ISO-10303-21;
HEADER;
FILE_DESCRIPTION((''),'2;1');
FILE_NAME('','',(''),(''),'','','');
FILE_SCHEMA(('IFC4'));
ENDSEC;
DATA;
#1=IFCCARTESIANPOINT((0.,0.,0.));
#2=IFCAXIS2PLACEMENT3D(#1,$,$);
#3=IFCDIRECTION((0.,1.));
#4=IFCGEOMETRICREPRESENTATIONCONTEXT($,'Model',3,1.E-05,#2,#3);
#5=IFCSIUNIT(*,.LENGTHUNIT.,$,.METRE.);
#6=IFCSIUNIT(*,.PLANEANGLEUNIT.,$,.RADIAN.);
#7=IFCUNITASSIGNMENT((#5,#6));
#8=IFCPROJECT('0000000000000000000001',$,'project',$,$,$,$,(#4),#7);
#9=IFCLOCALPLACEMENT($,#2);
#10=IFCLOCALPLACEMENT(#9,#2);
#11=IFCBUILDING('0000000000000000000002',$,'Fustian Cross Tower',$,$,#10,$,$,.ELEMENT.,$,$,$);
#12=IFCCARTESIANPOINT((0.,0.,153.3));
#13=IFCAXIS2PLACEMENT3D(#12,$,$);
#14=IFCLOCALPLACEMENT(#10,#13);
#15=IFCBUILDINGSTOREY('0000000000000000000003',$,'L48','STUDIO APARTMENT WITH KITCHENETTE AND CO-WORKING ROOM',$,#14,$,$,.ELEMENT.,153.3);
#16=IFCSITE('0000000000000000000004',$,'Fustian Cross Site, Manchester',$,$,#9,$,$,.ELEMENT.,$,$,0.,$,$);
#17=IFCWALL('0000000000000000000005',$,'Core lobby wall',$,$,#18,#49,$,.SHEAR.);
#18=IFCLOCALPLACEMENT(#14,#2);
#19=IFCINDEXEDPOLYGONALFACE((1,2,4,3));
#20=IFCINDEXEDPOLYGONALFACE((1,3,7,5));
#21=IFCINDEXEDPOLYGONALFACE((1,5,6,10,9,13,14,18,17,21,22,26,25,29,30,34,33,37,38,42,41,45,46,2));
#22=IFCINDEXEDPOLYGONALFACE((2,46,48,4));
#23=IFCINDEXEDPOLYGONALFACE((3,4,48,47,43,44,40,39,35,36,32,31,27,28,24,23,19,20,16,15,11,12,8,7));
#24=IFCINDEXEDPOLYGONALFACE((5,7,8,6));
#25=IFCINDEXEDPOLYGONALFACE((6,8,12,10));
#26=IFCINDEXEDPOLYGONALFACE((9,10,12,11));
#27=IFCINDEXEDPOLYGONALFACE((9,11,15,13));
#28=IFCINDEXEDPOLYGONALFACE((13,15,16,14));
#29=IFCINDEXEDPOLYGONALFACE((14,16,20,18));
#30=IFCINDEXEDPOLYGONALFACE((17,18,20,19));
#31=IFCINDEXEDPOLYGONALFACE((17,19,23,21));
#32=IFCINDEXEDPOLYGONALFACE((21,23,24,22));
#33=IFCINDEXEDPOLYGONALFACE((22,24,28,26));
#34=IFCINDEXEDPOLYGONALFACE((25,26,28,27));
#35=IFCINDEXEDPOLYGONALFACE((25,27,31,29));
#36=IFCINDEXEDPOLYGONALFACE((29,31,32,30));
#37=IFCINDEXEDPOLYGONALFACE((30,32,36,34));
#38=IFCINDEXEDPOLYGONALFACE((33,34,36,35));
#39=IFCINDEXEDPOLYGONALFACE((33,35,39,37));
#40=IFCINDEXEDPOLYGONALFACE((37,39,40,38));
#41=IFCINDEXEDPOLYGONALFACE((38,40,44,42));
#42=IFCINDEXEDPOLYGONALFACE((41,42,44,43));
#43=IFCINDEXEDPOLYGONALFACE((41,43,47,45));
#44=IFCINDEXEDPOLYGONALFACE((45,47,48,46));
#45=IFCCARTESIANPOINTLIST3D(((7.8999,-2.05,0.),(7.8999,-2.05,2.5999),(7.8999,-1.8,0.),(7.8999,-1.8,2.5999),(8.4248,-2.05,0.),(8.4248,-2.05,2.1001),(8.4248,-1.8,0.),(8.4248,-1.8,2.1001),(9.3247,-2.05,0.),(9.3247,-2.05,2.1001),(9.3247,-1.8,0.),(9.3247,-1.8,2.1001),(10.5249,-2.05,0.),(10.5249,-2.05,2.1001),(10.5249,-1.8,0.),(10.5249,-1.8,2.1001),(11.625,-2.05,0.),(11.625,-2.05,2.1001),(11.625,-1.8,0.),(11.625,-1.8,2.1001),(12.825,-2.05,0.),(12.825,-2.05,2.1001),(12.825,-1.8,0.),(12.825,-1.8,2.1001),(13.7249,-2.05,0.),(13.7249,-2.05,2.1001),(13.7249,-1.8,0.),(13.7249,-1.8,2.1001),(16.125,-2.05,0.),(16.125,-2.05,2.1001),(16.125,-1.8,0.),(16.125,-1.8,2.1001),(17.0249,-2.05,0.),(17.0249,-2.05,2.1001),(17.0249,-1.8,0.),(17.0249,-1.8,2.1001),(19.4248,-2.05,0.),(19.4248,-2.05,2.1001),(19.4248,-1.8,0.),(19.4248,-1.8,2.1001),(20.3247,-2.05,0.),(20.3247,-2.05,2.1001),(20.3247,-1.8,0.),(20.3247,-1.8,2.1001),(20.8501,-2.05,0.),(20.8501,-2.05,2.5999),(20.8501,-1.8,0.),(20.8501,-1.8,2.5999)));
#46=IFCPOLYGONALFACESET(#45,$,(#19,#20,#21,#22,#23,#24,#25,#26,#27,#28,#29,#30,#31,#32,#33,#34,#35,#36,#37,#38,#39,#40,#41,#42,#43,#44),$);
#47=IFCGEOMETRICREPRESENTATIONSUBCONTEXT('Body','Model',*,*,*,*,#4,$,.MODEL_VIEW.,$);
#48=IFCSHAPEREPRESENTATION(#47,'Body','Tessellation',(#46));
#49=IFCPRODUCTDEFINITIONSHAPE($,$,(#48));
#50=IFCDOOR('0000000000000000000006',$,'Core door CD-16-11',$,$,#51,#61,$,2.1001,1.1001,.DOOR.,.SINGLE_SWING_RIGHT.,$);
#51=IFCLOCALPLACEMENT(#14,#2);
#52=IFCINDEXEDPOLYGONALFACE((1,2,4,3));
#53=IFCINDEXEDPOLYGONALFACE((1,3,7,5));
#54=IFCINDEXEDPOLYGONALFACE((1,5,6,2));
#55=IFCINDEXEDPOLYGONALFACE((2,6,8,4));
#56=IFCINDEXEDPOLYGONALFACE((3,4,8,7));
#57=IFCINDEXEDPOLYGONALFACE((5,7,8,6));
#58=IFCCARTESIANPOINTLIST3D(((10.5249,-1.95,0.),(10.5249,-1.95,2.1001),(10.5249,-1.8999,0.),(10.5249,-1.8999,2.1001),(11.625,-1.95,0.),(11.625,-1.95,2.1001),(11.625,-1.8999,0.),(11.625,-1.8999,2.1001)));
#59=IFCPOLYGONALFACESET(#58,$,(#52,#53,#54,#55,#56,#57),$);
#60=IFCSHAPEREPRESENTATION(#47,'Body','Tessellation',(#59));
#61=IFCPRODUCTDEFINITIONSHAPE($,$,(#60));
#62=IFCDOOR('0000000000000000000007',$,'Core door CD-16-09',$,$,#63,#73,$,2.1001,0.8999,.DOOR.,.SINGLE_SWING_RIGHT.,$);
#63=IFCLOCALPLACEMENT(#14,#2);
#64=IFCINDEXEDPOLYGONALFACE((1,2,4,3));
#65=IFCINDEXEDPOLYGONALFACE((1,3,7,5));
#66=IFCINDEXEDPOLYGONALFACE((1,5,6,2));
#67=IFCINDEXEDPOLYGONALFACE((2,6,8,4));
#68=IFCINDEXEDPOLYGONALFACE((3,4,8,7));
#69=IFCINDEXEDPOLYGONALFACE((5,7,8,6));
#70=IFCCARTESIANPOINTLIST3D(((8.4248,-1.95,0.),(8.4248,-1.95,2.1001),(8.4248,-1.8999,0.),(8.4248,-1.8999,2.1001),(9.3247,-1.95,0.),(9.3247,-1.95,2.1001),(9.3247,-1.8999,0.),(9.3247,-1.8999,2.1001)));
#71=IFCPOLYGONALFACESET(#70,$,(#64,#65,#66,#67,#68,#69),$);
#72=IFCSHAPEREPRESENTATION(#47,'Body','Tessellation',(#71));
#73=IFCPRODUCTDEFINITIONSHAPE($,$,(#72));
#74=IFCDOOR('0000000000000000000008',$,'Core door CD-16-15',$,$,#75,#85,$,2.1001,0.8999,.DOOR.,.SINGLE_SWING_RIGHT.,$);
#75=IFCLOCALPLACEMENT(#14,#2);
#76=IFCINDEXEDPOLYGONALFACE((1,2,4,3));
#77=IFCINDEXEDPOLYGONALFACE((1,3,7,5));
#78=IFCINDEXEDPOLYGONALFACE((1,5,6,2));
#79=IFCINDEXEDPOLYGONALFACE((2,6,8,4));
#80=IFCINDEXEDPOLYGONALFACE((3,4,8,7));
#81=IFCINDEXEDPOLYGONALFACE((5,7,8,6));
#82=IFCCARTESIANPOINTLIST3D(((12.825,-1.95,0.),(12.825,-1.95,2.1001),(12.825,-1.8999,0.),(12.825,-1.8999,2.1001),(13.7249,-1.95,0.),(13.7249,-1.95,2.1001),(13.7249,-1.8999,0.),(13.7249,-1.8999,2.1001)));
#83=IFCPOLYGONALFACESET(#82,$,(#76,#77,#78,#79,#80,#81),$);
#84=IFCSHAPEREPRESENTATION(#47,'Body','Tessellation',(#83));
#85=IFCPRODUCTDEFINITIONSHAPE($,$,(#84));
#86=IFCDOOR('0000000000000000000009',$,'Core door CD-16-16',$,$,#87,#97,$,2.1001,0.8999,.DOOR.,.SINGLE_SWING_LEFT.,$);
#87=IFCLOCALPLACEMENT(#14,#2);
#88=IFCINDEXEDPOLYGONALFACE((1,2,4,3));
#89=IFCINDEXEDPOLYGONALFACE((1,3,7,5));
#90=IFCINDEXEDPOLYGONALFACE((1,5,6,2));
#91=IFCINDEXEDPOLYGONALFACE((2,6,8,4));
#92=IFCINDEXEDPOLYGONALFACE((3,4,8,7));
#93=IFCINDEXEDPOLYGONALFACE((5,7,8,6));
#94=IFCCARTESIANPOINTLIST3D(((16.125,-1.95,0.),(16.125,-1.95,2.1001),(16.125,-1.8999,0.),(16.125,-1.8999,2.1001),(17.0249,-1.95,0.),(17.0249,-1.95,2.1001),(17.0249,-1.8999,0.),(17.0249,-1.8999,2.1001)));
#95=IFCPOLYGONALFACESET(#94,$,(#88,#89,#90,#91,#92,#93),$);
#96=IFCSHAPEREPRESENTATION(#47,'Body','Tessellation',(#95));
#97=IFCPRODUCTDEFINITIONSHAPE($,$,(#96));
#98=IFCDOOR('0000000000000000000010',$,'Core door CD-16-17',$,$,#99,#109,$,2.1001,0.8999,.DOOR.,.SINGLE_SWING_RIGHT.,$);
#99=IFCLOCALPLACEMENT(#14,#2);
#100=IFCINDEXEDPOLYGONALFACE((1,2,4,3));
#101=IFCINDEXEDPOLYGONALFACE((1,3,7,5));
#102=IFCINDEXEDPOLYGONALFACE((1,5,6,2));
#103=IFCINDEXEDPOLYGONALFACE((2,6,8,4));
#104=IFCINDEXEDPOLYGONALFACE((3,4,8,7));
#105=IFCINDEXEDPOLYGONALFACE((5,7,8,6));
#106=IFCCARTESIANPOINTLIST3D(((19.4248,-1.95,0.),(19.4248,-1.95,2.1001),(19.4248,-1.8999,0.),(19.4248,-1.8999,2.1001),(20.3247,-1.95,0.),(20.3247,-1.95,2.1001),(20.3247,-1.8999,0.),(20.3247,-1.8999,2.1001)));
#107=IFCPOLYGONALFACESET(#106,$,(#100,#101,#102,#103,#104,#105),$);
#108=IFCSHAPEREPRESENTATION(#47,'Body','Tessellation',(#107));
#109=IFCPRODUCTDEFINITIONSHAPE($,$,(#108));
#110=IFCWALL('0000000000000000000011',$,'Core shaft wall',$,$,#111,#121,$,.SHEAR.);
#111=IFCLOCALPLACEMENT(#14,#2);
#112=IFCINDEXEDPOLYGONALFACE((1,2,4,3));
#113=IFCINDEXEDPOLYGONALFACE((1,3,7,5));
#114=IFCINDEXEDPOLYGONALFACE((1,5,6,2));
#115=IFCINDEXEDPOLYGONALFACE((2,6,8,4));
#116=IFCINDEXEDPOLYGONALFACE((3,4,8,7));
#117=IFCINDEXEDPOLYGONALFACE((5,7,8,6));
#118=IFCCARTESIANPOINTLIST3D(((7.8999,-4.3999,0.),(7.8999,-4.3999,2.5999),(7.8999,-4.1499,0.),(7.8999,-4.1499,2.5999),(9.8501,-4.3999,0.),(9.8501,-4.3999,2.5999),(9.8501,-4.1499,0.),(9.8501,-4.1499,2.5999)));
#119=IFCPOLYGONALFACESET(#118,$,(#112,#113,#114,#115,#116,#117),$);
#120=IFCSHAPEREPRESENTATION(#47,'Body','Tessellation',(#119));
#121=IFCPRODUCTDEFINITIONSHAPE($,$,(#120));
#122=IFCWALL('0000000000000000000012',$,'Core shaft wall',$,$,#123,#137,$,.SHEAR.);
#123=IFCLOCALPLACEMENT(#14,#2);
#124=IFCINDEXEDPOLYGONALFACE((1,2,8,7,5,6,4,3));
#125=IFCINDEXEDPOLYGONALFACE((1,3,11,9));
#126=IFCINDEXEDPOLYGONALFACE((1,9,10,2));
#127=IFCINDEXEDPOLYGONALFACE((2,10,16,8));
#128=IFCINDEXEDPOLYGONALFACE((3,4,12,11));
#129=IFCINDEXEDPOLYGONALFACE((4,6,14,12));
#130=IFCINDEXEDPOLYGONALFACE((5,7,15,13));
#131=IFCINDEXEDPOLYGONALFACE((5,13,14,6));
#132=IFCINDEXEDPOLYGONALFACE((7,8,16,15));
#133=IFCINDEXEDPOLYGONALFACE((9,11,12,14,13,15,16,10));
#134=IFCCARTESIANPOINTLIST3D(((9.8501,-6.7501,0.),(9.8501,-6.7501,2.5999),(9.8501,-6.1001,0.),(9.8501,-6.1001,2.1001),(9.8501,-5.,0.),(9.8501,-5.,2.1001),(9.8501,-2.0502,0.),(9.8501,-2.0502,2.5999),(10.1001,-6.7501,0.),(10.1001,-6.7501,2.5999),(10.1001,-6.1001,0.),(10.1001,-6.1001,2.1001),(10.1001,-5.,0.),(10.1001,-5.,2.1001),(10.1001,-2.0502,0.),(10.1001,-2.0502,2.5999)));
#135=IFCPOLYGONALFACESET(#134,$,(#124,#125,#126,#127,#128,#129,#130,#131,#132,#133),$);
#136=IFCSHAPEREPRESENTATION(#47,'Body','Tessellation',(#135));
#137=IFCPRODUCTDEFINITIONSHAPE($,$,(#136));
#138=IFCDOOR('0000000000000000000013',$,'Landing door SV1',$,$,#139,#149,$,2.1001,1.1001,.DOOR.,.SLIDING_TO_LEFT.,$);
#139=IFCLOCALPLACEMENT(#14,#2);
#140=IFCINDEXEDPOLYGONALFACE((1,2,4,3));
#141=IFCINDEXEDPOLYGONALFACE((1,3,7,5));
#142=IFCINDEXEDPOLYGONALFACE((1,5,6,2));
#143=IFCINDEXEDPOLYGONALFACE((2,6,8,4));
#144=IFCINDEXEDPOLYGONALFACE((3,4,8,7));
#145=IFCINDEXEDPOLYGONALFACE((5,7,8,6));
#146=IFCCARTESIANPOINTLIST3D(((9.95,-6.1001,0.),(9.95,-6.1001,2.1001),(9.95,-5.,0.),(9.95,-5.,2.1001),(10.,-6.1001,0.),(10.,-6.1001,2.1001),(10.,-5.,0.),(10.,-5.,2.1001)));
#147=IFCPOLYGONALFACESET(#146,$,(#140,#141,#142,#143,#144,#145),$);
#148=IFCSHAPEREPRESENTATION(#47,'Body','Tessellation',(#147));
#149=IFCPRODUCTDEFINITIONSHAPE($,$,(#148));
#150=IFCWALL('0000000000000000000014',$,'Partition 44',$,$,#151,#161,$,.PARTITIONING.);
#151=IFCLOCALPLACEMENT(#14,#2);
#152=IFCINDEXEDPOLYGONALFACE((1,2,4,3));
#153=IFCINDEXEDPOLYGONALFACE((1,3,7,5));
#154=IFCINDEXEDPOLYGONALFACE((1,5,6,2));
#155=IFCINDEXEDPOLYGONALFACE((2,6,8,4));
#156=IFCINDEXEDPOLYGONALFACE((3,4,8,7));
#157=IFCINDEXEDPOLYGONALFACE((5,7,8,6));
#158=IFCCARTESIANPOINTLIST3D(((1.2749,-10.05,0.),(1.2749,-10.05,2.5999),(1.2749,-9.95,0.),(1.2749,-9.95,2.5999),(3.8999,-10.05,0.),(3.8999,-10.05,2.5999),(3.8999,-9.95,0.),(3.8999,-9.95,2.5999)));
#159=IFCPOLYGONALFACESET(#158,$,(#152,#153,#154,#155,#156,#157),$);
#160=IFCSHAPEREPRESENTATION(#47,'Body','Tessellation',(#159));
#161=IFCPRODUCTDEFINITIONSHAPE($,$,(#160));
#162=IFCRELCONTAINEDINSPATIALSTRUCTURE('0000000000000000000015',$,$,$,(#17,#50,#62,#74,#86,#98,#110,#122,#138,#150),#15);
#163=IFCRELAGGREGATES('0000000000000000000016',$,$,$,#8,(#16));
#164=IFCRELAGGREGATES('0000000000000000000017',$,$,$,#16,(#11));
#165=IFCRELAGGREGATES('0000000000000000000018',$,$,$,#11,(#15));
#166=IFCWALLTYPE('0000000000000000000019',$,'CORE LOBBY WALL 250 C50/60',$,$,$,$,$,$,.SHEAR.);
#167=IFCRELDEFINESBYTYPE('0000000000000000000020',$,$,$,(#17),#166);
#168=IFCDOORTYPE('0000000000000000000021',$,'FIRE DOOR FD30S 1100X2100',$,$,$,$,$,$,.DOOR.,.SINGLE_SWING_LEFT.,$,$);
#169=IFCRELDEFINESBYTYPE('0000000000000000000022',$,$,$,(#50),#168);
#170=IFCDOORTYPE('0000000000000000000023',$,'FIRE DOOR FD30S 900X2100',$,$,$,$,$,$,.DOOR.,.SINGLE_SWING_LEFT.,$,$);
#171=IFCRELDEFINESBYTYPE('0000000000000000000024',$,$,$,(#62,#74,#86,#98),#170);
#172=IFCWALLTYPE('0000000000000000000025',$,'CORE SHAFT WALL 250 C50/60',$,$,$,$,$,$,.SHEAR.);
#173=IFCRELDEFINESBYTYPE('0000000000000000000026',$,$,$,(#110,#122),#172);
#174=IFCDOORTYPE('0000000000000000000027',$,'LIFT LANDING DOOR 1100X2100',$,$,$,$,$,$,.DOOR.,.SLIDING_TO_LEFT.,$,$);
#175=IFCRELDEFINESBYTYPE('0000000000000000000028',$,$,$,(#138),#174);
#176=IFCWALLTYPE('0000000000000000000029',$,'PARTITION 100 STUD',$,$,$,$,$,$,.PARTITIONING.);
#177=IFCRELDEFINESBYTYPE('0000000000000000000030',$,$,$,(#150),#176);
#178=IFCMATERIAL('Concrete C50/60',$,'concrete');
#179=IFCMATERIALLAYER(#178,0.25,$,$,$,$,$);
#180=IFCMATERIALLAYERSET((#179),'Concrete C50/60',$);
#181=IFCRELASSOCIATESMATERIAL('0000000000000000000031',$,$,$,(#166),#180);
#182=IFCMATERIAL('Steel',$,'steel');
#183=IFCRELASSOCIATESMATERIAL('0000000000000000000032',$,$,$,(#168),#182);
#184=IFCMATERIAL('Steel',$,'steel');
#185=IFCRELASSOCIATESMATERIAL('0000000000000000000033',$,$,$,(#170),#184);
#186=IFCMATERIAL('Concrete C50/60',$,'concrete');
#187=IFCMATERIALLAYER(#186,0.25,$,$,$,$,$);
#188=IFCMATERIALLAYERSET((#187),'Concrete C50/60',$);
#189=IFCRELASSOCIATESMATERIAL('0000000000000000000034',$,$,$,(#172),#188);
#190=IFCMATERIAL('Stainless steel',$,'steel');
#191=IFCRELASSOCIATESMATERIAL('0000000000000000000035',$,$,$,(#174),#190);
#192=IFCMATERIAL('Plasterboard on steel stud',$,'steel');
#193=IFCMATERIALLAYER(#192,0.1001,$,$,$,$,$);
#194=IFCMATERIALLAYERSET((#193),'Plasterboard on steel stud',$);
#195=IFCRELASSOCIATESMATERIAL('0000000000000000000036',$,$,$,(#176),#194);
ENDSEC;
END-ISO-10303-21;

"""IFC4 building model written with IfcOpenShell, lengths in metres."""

from ifc_helpers import new_model, si_unit, direction, frame, frame_2d, origin, place, context, subcontext, project, spatial, rectangle, extrude, material, layer, layer_set, type_object, element, fill, save


model = new_model("IFC4")

# Units and contexts
model_context = context("Model", 3, precision=1e-05, world=origin(), true_north=direction((0.0, 1.0)))
body_context = subcontext(model_context, "Body", "Model", "MODEL_VIEW")
ifc_project = project(units=[si_unit("LENGTHUNIT", "METRE"), si_unit("PLANEANGLEUNIT", "RADIAN")], contexts=[model_context])

# Site, building, storey
site_placement = place(None, origin())
site = spatial("IfcSite", under=ifc_project, at=site_placement, Name="Fustian Cross Site, Manchester", CompositionType="ELEMENT", RefElevation=0.0)
building_placement = place(site_placement, origin())
building = spatial("IfcBuilding", under=site, at=building_placement, Name="Fustian Cross Tower", CompositionType="ELEMENT")
storey_placement = place(building_placement, frame((0.0, 0.0, 153.3)))
storey = spatial("IfcBuildingStorey", under=building, at=storey_placement, Name="L48", Description="STUDIO APARTMENT WITH KITCHENETTE AND CO-WORKING ROOM", CompositionType="ELEMENT", Elevation=153.3)

# Wall, openings, doors
ifc_material_1 = material(Name="Concrete C50/60", Category="concrete")
ifc_layer_1 = layer(ifc_material_1, 0.25)
ifc_layer_set_1 = layer_set([ifc_layer_1], Name="Concrete C50/60")
wall_type_1 = type_object("IfcWallType", Name="CORE LOBBY WALL 250 C50/60", PredefinedType="SHEAR", material=ifc_layer_set_1)
wall_1_placement = place(storey_placement, frame((7.8999, -1.925, 0.0), z_axis=(0.0, 0.0, 1.0), x_axis=(1.0, 0.0, 0.0)))
wall_1 = element("IfcWall", 1, at=wall_1_placement, inside=storey, type_object=wall_type_1, Name="Core lobby wall", PredefinedType="SHEAR", context=body_context, shape_type="SweptSolid", body=[
    extrude(rectangle(XDim=12.9502, YDim=0.25, at=frame_2d((6.4751, 0.0))), origin(), (0.0, 0.0, 1.0), 2.5999),
])
opening_1_placement = place(wall_1_placement, frame((0.5249, 0.0, 0.0)))
opening_1 = element("IfcOpeningElement", 2, at=opening_1_placement, cuts=wall_1, PredefinedType="OPENING", context=body_context, shape_type="SweptSolid", body=[
    extrude(rectangle(XDim=0.8999, YDim=2.1001, at=frame_2d((0.45, 1.05))), frame((0.0, 0.135, 0.0), z_axis=(0.0, -1.0, 0.0), x_axis=(1.0, 0.0, 0.0)), (0.0, 0.0, 1.0), 0.27),
])
opening_2_placement = place(wall_1_placement, frame((2.625, 0.0, 0.0)))
opening_2 = element("IfcOpeningElement", 3, at=opening_2_placement, cuts=wall_1, PredefinedType="OPENING", context=body_context, shape_type="SweptSolid", body=[
    extrude(rectangle(XDim=1.1001, YDim=2.1001, at=frame_2d((0.55, 1.05))), frame((0.0, 0.135, 0.0), z_axis=(0.0, -1.0, 0.0), x_axis=(1.0, 0.0, 0.0)), (0.0, 0.0, 1.0), 0.27),
])
opening_3_placement = place(wall_1_placement, frame((4.925, 0.0, 0.0)))
opening_3 = element("IfcOpeningElement", 4, at=opening_3_placement, cuts=wall_1, PredefinedType="OPENING", context=body_context, shape_type="SweptSolid", body=[
    extrude(rectangle(XDim=0.8999, YDim=2.1001, at=frame_2d((0.45, 1.05))), frame((0.0, 0.135, 0.0), z_axis=(0.0, -1.0, 0.0), x_axis=(1.0, 0.0, 0.0)), (0.0, 0.0, 1.0), 0.27),
])
opening_4_placement = place(wall_1_placement, frame((8.2251, 0.0, 0.0)))
opening_4 = element("IfcOpeningElement", 5, at=opening_4_placement, cuts=wall_1, PredefinedType="OPENING", context=body_context, shape_type="SweptSolid", body=[
    extrude(rectangle(XDim=0.8999, YDim=2.1001, at=frame_2d((0.45, 1.05))), frame((0.0, 0.135, 0.0), z_axis=(0.0, -1.0, 0.0), x_axis=(1.0, 0.0, 0.0)), (0.0, 0.0, 1.0), 0.27),
])
opening_5_placement = place(wall_1_placement, frame((11.5249, 0.0, 0.0)))
opening_5 = element("IfcOpeningElement", 6, at=opening_5_placement, cuts=wall_1, PredefinedType="OPENING", context=body_context, shape_type="SweptSolid", body=[
    extrude(rectangle(XDim=0.8999, YDim=2.1001, at=frame_2d((0.45, 1.05))), frame((0.0, 0.135, 0.0), z_axis=(0.0, -1.0, 0.0), x_axis=(1.0, 0.0, 0.0)), (0.0, 0.0, 1.0), 0.27),
])
ifc_material_2 = material(Name="Steel", Category="steel")
door_type_1 = type_object("IfcDoorType", Name="FIRE DOOR FD30S 1100X2100", OperationType="SINGLE_SWING_LEFT", PredefinedType="DOOR", material=ifc_material_2)
door_1_placement = place(opening_2_placement, frame((1.1001, 0.0, 0.0), z_axis=(0.0, 0.0, 1.0), x_axis=(-1.0, 0.0, 0.0)))
door_1 = element("IfcDoor", 7, at=door_1_placement, inside=storey, type_object=door_type_1, Name="Core door CD-16-11", OperationType="SINGLE_SWING_RIGHT", OverallHeight=2.1001, OverallWidth=1.1001, PredefinedType="DOOR", context=body_context, shape_type="SweptSolid", body=[
    extrude(rectangle(XDim=1.1001, YDim=2.1001, at=frame_2d((0.55, 1.05))), frame((0.0, 0.0249, 0.0), z_axis=(0.0, -1.0, 0.0), x_axis=(1.0, 0.0, 0.0)), (0.0, 0.0, 1.0), 0.05),
])
fill(opening_2, door_1)
ifc_material_3 = material(Name="Steel", Category="steel")
door_type_2 = type_object("IfcDoorType", Name="FIRE DOOR FD30S 900X2100", OperationType="SINGLE_SWING_LEFT", PredefinedType="DOOR", material=ifc_material_3)
door_2_placement = place(opening_1_placement, frame((0.8999, 0.0, 0.0), z_axis=(0.0, 0.0, 1.0), x_axis=(-1.0, 0.0, 0.0)))
door_2 = element("IfcDoor", 8, at=door_2_placement, inside=storey, type_object=door_type_2, Name="Core door CD-16-09", OperationType="SINGLE_SWING_RIGHT", OverallHeight=2.1001, OverallWidth=0.8999, PredefinedType="DOOR", context=body_context, shape_type="SweptSolid", body=[
    extrude(rectangle(XDim=0.8999, YDim=2.1001, at=frame_2d((0.45, 1.05))), frame((0.0, 0.0249, 0.0), z_axis=(0.0, -1.0, 0.0), x_axis=(1.0, 0.0, 0.0)), (0.0, 0.0, 1.0), 0.05),
])
fill(opening_1, door_2)
door_3_placement = place(opening_3_placement, frame((0.8999, 0.0, 0.0), z_axis=(0.0, 0.0, 1.0), x_axis=(-1.0, 0.0, 0.0)))
door_3 = element("IfcDoor", 9, at=door_3_placement, inside=storey, type_object=door_type_2, Name="Core door CD-16-15", OperationType="SINGLE_SWING_RIGHT", OverallHeight=2.1001, OverallWidth=0.8999, PredefinedType="DOOR", context=body_context, shape_type="SweptSolid", body=[
    extrude(rectangle(XDim=0.8999, YDim=2.1001, at=frame_2d((0.45, 1.05))), frame((0.0, 0.0249, 0.0), z_axis=(0.0, -1.0, 0.0), x_axis=(1.0, 0.0, 0.0)), (0.0, 0.0, 1.0), 0.05),
])
fill(opening_3, door_3)
door_4_placement = place(opening_4_placement, frame((0.8999, 0.0, 0.0), z_axis=(0.0, 0.0, 1.0), x_axis=(-1.0, 0.0, 0.0)))
door_4 = element("IfcDoor", 10, at=door_4_placement, inside=storey, type_object=door_type_2, Name="Core door CD-16-16", OperationType="SINGLE_SWING_LEFT", OverallHeight=2.1001, OverallWidth=0.8999, PredefinedType="DOOR", context=body_context, shape_type="SweptSolid", body=[
    extrude(rectangle(XDim=0.8999, YDim=2.1001, at=frame_2d((0.45, 1.05))), frame((0.0, 0.0249, 0.0), z_axis=(0.0, -1.0, 0.0), x_axis=(1.0, 0.0, 0.0)), (0.0, 0.0, 1.0), 0.05),
])
fill(opening_4, door_4)
door_5_placement = place(opening_5_placement, frame((0.8999, 0.0, 0.0), z_axis=(0.0, 0.0, 1.0), x_axis=(-1.0, 0.0, 0.0)))
door_5 = element("IfcDoor", 11, at=door_5_placement, inside=storey, type_object=door_type_2, Name="Core door CD-16-17", OperationType="SINGLE_SWING_RIGHT", OverallHeight=2.1001, OverallWidth=0.8999, PredefinedType="DOOR", context=body_context, shape_type="SweptSolid", body=[
    extrude(rectangle(XDim=0.8999, YDim=2.1001, at=frame_2d((0.45, 1.05))), frame((0.0, 0.0249, 0.0), z_axis=(0.0, -1.0, 0.0), x_axis=(1.0, 0.0, 0.0)), (0.0, 0.0, 1.0), 0.05),
])
fill(opening_5, door_5)

# Wall
ifc_material_4 = material(Name="Concrete C50/60", Category="concrete")
ifc_layer_2 = layer(ifc_material_4, 0.25)
ifc_layer_set_2 = layer_set([ifc_layer_2], Name="Concrete C50/60")
wall_type_2 = type_object("IfcWallType", Name="CORE SHAFT WALL 250 C50/60", PredefinedType="SHEAR", material=ifc_layer_set_2)
wall_2_placement = place(storey_placement, frame((7.8999, -4.2749, 0.0), z_axis=(0.0, 0.0, 1.0), x_axis=(1.0, 0.0, 0.0)))
element("IfcWall", 12, at=wall_2_placement, inside=storey, type_object=wall_type_2, Name="Core shaft wall", PredefinedType="SHEAR", context=body_context, shape_type="SweptSolid", body=[
    extrude(rectangle(XDim=1.9502, YDim=0.25, at=frame_2d((0.9751, 0.0))), origin(), (0.0, 0.0, 1.0), 2.5999),
])

# Wall, opening, door
wall_3_placement = place(storey_placement, frame((9.9751, -2.05, 0.0), z_axis=(0.0, 0.0, 1.0), x_axis=(0.0, -1.0, 0.0)))
wall_3 = element("IfcWall", 13, at=wall_3_placement, inside=storey, type_object=wall_type_2, Name="Core shaft wall", PredefinedType="SHEAR", context=body_context, shape_type="SweptSolid", body=[
    extrude(rectangle(XDim=4.7, YDim=0.25, at=frame_2d((2.3501, 0.0))), origin(), (0.0, 0.0, 1.0), 2.5999),
])
opening_6_placement = place(wall_3_placement, frame((2.95, 0.0, 0.0)))
opening_6 = element("IfcOpeningElement", 14, at=opening_6_placement, cuts=wall_3, PredefinedType="OPENING", context=body_context, shape_type="SweptSolid", body=[
    extrude(rectangle(XDim=1.1001, YDim=2.1001, at=frame_2d((0.55, 1.05))), frame((0.0, 0.135, 0.0), z_axis=(0.0, -1.0, 0.0), x_axis=(1.0, 0.0, 0.0)), (0.0, 0.0, 1.0), 0.27),
])
ifc_material_5 = material(Name="Stainless steel", Category="steel")
door_type_3 = type_object("IfcDoorType", Name="LIFT LANDING DOOR 1100X2100", OperationType="SLIDING_TO_LEFT", PredefinedType="DOOR", material=ifc_material_5)
door_6_placement = place(opening_6_placement, origin())
door_6 = element("IfcDoor", 15, at=door_6_placement, inside=storey, type_object=door_type_3, Name="Landing door SV1", OperationType="SLIDING_TO_LEFT", OverallHeight=2.1001, OverallWidth=1.1001, PredefinedType="DOOR", context=body_context, shape_type="SweptSolid", body=[
    extrude(rectangle(XDim=1.1001, YDim=2.1001, at=frame_2d((0.55, 1.05))), frame((0.0, 0.0249, 0.0), z_axis=(0.0, -1.0, 0.0), x_axis=(1.0, 0.0, 0.0)), (0.0, 0.0, 1.0), 0.05),
])
fill(opening_6, door_6)

# Wall
ifc_material_6 = material(Name="Plasterboard on steel stud", Category="steel")
ifc_layer_3 = layer(ifc_material_6, 0.1001)
ifc_layer_set_3 = layer_set([ifc_layer_3], Name="Plasterboard on steel stud")
wall_type_3 = type_object("IfcWallType", Name="PARTITION 100 STUD", PredefinedType="PARTITIONING", material=ifc_layer_set_3)
wall_4_placement = place(storey_placement, frame((1.2749, -10.0, 0.0), z_axis=(0.0, 0.0, 1.0), x_axis=(1.0, 0.0, 0.0)))
element("IfcWall", 16, at=wall_4_placement, inside=storey, type_object=wall_type_3, Name="Partition 44", PredefinedType="PARTITIONING", context=body_context, shape_type="SweptSolid", body=[
    extrude(rectangle(XDim=2.625, YDim=0.1001, at=frame_2d((1.3125, 0.0))), origin(), (0.0, 0.0, 1.0), 2.5999),
])

save(model, "model.ifc")
